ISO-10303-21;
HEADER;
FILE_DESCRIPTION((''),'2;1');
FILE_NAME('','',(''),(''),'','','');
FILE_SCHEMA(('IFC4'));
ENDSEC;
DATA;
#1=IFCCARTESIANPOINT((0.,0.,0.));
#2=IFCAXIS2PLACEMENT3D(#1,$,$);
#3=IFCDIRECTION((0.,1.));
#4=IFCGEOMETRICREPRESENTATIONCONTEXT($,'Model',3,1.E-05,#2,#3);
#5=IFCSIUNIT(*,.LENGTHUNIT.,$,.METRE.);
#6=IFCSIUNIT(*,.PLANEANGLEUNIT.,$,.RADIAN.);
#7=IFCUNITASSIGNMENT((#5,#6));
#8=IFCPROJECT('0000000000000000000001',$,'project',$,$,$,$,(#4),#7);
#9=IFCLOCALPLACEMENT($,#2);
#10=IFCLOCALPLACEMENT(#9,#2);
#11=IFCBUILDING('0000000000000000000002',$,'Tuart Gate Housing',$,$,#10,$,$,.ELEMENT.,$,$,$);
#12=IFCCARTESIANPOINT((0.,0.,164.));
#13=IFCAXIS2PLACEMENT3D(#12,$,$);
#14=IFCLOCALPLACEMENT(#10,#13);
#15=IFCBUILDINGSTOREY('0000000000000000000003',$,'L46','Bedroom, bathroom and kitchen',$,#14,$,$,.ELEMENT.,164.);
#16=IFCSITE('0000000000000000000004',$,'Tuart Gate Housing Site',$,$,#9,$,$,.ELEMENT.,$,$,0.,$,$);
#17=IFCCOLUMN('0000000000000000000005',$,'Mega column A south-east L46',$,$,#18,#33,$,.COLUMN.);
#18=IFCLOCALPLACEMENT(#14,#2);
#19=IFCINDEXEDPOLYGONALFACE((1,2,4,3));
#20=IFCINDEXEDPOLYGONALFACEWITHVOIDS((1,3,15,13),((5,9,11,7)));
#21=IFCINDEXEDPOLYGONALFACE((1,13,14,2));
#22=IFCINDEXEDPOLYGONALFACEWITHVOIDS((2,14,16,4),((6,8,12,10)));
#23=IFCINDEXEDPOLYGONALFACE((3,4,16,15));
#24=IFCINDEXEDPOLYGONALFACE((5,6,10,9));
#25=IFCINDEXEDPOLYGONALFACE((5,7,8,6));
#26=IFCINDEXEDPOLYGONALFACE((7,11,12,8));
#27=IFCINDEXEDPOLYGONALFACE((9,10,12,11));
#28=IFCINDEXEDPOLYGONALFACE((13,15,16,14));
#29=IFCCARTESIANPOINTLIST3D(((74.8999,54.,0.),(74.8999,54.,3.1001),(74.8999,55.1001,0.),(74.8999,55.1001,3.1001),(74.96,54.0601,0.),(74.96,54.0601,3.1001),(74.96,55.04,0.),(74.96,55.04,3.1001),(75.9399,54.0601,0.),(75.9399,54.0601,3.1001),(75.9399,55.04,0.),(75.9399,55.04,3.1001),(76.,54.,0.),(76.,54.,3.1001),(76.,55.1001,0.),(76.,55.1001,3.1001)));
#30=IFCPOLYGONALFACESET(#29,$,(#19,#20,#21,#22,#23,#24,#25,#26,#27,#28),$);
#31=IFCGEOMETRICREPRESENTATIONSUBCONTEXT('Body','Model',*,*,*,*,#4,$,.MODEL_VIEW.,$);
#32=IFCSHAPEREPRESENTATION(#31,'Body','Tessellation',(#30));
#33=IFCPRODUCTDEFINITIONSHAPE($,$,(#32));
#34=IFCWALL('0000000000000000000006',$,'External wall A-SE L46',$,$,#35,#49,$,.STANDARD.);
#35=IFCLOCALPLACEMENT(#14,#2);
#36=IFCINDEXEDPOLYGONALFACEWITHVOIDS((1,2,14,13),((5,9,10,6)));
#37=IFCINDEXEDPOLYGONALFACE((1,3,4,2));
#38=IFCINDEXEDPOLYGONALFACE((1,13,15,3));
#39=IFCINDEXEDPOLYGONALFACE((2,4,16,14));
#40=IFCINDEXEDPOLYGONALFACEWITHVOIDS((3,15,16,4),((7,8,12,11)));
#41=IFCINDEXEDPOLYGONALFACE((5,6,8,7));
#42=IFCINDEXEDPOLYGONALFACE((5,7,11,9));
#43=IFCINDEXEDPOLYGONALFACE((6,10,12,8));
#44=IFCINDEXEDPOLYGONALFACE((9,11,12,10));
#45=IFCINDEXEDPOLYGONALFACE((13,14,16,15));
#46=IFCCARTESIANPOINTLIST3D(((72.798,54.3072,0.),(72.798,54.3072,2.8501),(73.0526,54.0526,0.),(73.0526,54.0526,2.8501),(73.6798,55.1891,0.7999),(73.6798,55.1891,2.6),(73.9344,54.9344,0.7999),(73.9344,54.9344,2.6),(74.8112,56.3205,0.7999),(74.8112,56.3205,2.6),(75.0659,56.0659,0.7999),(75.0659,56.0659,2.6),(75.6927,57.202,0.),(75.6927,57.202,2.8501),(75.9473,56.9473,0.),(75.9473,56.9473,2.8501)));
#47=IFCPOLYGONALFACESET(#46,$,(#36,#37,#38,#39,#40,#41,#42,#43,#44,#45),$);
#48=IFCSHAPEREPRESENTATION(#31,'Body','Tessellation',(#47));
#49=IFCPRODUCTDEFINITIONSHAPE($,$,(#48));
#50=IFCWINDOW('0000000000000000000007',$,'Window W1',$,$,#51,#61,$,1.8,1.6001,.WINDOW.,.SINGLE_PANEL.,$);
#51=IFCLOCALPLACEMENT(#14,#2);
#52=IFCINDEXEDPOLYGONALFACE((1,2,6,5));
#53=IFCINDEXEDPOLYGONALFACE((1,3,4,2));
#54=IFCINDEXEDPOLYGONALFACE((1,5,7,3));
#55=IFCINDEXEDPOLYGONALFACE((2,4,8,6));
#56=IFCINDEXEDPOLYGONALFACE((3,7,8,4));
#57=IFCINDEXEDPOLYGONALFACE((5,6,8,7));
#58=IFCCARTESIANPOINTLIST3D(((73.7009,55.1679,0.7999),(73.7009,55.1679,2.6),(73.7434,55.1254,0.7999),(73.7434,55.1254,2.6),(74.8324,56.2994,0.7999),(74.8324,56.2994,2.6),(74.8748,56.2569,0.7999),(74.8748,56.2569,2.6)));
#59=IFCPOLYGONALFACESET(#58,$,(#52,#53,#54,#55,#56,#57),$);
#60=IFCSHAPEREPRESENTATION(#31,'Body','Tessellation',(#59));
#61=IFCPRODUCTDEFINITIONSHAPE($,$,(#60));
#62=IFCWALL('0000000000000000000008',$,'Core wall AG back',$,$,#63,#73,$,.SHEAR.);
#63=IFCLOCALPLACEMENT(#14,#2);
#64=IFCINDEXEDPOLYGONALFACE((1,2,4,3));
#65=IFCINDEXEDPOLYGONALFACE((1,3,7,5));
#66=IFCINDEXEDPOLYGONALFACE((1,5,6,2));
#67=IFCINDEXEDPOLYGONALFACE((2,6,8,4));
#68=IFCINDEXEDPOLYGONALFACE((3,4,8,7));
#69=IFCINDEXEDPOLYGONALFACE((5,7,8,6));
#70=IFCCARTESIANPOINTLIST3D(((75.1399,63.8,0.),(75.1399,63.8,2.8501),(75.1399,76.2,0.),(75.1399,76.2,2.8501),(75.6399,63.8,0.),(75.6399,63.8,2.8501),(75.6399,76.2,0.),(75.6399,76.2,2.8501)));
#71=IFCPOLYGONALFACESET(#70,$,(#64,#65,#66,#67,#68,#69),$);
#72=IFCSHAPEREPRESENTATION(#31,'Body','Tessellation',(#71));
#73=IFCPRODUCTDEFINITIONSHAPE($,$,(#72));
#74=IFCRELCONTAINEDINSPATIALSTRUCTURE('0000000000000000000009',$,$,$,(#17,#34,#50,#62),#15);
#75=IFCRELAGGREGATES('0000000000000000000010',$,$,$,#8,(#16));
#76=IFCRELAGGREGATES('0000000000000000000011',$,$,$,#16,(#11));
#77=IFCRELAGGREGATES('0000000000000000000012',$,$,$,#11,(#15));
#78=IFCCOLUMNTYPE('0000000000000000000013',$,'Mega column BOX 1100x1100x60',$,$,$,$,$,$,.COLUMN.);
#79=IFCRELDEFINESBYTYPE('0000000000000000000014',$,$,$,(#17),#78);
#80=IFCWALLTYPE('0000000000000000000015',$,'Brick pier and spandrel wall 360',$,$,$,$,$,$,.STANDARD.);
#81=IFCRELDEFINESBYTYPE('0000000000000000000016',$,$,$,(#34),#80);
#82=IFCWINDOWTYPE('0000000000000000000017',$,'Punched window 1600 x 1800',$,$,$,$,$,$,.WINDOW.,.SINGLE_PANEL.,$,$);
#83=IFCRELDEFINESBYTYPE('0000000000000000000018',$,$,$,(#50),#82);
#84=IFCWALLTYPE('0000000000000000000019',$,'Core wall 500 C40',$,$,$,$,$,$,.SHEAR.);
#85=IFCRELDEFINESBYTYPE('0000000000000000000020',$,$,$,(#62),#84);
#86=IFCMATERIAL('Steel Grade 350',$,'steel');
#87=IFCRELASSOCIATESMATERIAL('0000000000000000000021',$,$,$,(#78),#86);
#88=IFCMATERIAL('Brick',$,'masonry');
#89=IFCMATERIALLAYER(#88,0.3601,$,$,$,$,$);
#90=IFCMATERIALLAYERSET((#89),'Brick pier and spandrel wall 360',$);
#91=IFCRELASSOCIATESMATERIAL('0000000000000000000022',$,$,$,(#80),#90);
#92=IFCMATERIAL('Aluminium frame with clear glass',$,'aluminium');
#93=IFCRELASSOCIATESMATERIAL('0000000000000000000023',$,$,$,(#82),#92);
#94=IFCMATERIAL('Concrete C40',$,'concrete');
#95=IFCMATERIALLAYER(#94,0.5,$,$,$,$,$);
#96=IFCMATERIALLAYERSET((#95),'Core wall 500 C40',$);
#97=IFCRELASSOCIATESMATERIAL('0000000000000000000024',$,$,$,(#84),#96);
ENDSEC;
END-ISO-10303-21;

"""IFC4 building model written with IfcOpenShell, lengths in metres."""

from ifc_helpers import new_model, si_unit, direction, frame, frame_2d, origin, origin_2d, place, context, subcontext, project, spatial, rectangle, hollow_rectangle, extrude, material, layer, layer_set, material_profile, profile_set, type_object, element, fill, save


model = new_model("IFC4")

# Units and contexts
model_context = context("Model", 3, precision=1e-05, world=origin(), true_north=direction((0.0, 1.0)))
body_context = subcontext(model_context, "Body", "Model", "MODEL_VIEW")
ifc_project = project(units=[si_unit("LENGTHUNIT", "METRE"), si_unit("PLANEANGLEUNIT", "RADIAN")], contexts=[model_context])

# Site, building, storey
site_placement = place(None, origin())
site = spatial("IfcSite", under=ifc_project, at=site_placement, Name="Tuart Gate Housing Site", CompositionType="ELEMENT", RefElevation=0.0)
building_placement = place(site_placement, origin())
building = spatial("IfcBuilding", under=site, at=building_placement, Name="Tuart Gate Housing", CompositionType="ELEMENT")
storey_placement = place(building_placement, frame((0.0, 0.0, 164.0)))
storey = spatial("IfcBuildingStorey", under=building, at=storey_placement, Name="L46", Description="Bedroom, bathroom and kitchen", CompositionType="ELEMENT", Elevation=164.0)

# Column
ifc_material_1 = material(Name="Steel Grade 350", Category="steel")
ifc_material_profile = material_profile(ifc_material_1, hollow_rectangle(XDim=1.1001, YDim=1.1001, WallThickness=0.0601, at=origin_2d()), Name="BOX 1100x1100x60")
ifc_profile_set = profile_set([ifc_material_profile], Name="Steel Grade 350")
column_type = type_object("IfcColumnType", Name="Mega column BOX 1100x1100x60", PredefinedType="COLUMN", material=ifc_profile_set)
column_placement = place(storey_placement, frame((75.45, 54.55, 0.0), z_axis=(0.0, 0.0, 1.0), x_axis=(1.0, 0.0, 0.0)))
element("IfcColumn", 1, at=column_placement, inside=storey, type_object=column_type, Name="Mega column A south-east L46", PredefinedType="COLUMN", context=body_context, shape_type="SweptSolid", body=[
    extrude(hollow_rectangle(XDim=1.1001, YDim=1.1001, WallThickness=0.0601, at=origin_2d()), origin(), (0.0, 0.0, 1.0), 3.1001),
])

# Wall, opening, window
ifc_material_2 = material(Name="Brick", Category="masonry")
ifc_layer_1 = layer(ifc_material_2, 0.3601)
ifc_layer_set_1 = layer_set([ifc_layer_1], Name="Brick pier and spandrel wall 360")
wall_type_1 = type_object("IfcWallType", Name="Brick pier and spandrel wall 360", PredefinedType="STANDARD", material=ifc_layer_set_1)
wall_1_placement = place(storey_placement, frame((72.9253, 54.1799, 0.0), z_axis=(0.0, 0.0, 1.0), x_axis=(0.707107, 0.707107, 0.0)))
wall_1 = element("IfcWall", 2, at=wall_1_placement, inside=storey, type_object=wall_type_1, Name="External wall A-SE L46", PredefinedType="STANDARD", context=body_context, shape_type="SweptSolid", body=[
    extrude(rectangle(XDim=4.0938, YDim=0.3601, at=frame_2d((2.0469, 0.0))), origin(), (0.0, 0.0, 1.0), 2.8501),
])
opening_placement = place(wall_1_placement, frame((1.2471, 0.0, 0.8)))
opening = element("IfcOpeningElement", 3, at=opening_placement, cuts=wall_1, PredefinedType="OPENING", context=body_context, shape_type="SweptSolid", body=[
    extrude(rectangle(XDim=1.6001, YDim=1.8, at=frame_2d((0.8, 0.8999))), frame((0.0, 0.1899, 0.0), z_axis=(0.0, -1.0, 0.0), x_axis=(1.0, 0.0, 0.0)), (0.0, 0.0, 1.0), 0.3801),
])
ifc_material_3 = material(Name="Aluminium frame with clear glass", Category="aluminium")
window_type = type_object("IfcWindowType", Name="Punched window 1600 x 1800", PartitioningType="SINGLE_PANEL", PredefinedType="WINDOW", material=ifc_material_3)
window_placement = place(opening_placement, origin())
window = element("IfcWindow", 4, at=window_placement, inside=storey, type_object=window_type, Name="Window W1", OverallHeight=1.8, OverallWidth=1.6001, PartitioningType="SINGLE_PANEL", PredefinedType="WINDOW", context=body_context, shape_type="SweptSolid", body=[
    extrude(rectangle(XDim=1.6001, YDim=1.8, at=frame_2d((0.8, 0.8999))), frame((0.0, 0.1501, 0.0), z_axis=(0.0, -1.0, 0.0), x_axis=(1.0, 0.0, 0.0)), (0.0, 0.0, 1.0), 0.0601),
])
fill(opening, window)

# Wall
ifc_material_4 = material(Name="Concrete C40", Category="concrete")
ifc_layer_2 = layer(ifc_material_4, 0.5)
ifc_layer_set_2 = layer_set([ifc_layer_2], Name="Core wall 500 C40")
wall_type_2 = type_object("IfcWallType", Name="Core wall 500 C40", PredefinedType="SHEAR", material=ifc_layer_set_2)
wall_2_placement = place(storey_placement, frame((75.3899, 63.8, 0.0), z_axis=(0.0, 0.0, 1.0), x_axis=(0.0, 1.0, 0.0)))
element("IfcWall", 5, at=wall_2_placement, inside=storey, type_object=wall_type_2, Name="Core wall AG back", PredefinedType="SHEAR", context=body_context, shape_type="SweptSolid", body=[
    extrude(rectangle(XDim=12.3999, YDim=0.5, at=frame_2d((6.2, 0.0))), origin(), (0.0, 0.0, 1.0), 2.8501),
])

save(model, "model.ifc")
